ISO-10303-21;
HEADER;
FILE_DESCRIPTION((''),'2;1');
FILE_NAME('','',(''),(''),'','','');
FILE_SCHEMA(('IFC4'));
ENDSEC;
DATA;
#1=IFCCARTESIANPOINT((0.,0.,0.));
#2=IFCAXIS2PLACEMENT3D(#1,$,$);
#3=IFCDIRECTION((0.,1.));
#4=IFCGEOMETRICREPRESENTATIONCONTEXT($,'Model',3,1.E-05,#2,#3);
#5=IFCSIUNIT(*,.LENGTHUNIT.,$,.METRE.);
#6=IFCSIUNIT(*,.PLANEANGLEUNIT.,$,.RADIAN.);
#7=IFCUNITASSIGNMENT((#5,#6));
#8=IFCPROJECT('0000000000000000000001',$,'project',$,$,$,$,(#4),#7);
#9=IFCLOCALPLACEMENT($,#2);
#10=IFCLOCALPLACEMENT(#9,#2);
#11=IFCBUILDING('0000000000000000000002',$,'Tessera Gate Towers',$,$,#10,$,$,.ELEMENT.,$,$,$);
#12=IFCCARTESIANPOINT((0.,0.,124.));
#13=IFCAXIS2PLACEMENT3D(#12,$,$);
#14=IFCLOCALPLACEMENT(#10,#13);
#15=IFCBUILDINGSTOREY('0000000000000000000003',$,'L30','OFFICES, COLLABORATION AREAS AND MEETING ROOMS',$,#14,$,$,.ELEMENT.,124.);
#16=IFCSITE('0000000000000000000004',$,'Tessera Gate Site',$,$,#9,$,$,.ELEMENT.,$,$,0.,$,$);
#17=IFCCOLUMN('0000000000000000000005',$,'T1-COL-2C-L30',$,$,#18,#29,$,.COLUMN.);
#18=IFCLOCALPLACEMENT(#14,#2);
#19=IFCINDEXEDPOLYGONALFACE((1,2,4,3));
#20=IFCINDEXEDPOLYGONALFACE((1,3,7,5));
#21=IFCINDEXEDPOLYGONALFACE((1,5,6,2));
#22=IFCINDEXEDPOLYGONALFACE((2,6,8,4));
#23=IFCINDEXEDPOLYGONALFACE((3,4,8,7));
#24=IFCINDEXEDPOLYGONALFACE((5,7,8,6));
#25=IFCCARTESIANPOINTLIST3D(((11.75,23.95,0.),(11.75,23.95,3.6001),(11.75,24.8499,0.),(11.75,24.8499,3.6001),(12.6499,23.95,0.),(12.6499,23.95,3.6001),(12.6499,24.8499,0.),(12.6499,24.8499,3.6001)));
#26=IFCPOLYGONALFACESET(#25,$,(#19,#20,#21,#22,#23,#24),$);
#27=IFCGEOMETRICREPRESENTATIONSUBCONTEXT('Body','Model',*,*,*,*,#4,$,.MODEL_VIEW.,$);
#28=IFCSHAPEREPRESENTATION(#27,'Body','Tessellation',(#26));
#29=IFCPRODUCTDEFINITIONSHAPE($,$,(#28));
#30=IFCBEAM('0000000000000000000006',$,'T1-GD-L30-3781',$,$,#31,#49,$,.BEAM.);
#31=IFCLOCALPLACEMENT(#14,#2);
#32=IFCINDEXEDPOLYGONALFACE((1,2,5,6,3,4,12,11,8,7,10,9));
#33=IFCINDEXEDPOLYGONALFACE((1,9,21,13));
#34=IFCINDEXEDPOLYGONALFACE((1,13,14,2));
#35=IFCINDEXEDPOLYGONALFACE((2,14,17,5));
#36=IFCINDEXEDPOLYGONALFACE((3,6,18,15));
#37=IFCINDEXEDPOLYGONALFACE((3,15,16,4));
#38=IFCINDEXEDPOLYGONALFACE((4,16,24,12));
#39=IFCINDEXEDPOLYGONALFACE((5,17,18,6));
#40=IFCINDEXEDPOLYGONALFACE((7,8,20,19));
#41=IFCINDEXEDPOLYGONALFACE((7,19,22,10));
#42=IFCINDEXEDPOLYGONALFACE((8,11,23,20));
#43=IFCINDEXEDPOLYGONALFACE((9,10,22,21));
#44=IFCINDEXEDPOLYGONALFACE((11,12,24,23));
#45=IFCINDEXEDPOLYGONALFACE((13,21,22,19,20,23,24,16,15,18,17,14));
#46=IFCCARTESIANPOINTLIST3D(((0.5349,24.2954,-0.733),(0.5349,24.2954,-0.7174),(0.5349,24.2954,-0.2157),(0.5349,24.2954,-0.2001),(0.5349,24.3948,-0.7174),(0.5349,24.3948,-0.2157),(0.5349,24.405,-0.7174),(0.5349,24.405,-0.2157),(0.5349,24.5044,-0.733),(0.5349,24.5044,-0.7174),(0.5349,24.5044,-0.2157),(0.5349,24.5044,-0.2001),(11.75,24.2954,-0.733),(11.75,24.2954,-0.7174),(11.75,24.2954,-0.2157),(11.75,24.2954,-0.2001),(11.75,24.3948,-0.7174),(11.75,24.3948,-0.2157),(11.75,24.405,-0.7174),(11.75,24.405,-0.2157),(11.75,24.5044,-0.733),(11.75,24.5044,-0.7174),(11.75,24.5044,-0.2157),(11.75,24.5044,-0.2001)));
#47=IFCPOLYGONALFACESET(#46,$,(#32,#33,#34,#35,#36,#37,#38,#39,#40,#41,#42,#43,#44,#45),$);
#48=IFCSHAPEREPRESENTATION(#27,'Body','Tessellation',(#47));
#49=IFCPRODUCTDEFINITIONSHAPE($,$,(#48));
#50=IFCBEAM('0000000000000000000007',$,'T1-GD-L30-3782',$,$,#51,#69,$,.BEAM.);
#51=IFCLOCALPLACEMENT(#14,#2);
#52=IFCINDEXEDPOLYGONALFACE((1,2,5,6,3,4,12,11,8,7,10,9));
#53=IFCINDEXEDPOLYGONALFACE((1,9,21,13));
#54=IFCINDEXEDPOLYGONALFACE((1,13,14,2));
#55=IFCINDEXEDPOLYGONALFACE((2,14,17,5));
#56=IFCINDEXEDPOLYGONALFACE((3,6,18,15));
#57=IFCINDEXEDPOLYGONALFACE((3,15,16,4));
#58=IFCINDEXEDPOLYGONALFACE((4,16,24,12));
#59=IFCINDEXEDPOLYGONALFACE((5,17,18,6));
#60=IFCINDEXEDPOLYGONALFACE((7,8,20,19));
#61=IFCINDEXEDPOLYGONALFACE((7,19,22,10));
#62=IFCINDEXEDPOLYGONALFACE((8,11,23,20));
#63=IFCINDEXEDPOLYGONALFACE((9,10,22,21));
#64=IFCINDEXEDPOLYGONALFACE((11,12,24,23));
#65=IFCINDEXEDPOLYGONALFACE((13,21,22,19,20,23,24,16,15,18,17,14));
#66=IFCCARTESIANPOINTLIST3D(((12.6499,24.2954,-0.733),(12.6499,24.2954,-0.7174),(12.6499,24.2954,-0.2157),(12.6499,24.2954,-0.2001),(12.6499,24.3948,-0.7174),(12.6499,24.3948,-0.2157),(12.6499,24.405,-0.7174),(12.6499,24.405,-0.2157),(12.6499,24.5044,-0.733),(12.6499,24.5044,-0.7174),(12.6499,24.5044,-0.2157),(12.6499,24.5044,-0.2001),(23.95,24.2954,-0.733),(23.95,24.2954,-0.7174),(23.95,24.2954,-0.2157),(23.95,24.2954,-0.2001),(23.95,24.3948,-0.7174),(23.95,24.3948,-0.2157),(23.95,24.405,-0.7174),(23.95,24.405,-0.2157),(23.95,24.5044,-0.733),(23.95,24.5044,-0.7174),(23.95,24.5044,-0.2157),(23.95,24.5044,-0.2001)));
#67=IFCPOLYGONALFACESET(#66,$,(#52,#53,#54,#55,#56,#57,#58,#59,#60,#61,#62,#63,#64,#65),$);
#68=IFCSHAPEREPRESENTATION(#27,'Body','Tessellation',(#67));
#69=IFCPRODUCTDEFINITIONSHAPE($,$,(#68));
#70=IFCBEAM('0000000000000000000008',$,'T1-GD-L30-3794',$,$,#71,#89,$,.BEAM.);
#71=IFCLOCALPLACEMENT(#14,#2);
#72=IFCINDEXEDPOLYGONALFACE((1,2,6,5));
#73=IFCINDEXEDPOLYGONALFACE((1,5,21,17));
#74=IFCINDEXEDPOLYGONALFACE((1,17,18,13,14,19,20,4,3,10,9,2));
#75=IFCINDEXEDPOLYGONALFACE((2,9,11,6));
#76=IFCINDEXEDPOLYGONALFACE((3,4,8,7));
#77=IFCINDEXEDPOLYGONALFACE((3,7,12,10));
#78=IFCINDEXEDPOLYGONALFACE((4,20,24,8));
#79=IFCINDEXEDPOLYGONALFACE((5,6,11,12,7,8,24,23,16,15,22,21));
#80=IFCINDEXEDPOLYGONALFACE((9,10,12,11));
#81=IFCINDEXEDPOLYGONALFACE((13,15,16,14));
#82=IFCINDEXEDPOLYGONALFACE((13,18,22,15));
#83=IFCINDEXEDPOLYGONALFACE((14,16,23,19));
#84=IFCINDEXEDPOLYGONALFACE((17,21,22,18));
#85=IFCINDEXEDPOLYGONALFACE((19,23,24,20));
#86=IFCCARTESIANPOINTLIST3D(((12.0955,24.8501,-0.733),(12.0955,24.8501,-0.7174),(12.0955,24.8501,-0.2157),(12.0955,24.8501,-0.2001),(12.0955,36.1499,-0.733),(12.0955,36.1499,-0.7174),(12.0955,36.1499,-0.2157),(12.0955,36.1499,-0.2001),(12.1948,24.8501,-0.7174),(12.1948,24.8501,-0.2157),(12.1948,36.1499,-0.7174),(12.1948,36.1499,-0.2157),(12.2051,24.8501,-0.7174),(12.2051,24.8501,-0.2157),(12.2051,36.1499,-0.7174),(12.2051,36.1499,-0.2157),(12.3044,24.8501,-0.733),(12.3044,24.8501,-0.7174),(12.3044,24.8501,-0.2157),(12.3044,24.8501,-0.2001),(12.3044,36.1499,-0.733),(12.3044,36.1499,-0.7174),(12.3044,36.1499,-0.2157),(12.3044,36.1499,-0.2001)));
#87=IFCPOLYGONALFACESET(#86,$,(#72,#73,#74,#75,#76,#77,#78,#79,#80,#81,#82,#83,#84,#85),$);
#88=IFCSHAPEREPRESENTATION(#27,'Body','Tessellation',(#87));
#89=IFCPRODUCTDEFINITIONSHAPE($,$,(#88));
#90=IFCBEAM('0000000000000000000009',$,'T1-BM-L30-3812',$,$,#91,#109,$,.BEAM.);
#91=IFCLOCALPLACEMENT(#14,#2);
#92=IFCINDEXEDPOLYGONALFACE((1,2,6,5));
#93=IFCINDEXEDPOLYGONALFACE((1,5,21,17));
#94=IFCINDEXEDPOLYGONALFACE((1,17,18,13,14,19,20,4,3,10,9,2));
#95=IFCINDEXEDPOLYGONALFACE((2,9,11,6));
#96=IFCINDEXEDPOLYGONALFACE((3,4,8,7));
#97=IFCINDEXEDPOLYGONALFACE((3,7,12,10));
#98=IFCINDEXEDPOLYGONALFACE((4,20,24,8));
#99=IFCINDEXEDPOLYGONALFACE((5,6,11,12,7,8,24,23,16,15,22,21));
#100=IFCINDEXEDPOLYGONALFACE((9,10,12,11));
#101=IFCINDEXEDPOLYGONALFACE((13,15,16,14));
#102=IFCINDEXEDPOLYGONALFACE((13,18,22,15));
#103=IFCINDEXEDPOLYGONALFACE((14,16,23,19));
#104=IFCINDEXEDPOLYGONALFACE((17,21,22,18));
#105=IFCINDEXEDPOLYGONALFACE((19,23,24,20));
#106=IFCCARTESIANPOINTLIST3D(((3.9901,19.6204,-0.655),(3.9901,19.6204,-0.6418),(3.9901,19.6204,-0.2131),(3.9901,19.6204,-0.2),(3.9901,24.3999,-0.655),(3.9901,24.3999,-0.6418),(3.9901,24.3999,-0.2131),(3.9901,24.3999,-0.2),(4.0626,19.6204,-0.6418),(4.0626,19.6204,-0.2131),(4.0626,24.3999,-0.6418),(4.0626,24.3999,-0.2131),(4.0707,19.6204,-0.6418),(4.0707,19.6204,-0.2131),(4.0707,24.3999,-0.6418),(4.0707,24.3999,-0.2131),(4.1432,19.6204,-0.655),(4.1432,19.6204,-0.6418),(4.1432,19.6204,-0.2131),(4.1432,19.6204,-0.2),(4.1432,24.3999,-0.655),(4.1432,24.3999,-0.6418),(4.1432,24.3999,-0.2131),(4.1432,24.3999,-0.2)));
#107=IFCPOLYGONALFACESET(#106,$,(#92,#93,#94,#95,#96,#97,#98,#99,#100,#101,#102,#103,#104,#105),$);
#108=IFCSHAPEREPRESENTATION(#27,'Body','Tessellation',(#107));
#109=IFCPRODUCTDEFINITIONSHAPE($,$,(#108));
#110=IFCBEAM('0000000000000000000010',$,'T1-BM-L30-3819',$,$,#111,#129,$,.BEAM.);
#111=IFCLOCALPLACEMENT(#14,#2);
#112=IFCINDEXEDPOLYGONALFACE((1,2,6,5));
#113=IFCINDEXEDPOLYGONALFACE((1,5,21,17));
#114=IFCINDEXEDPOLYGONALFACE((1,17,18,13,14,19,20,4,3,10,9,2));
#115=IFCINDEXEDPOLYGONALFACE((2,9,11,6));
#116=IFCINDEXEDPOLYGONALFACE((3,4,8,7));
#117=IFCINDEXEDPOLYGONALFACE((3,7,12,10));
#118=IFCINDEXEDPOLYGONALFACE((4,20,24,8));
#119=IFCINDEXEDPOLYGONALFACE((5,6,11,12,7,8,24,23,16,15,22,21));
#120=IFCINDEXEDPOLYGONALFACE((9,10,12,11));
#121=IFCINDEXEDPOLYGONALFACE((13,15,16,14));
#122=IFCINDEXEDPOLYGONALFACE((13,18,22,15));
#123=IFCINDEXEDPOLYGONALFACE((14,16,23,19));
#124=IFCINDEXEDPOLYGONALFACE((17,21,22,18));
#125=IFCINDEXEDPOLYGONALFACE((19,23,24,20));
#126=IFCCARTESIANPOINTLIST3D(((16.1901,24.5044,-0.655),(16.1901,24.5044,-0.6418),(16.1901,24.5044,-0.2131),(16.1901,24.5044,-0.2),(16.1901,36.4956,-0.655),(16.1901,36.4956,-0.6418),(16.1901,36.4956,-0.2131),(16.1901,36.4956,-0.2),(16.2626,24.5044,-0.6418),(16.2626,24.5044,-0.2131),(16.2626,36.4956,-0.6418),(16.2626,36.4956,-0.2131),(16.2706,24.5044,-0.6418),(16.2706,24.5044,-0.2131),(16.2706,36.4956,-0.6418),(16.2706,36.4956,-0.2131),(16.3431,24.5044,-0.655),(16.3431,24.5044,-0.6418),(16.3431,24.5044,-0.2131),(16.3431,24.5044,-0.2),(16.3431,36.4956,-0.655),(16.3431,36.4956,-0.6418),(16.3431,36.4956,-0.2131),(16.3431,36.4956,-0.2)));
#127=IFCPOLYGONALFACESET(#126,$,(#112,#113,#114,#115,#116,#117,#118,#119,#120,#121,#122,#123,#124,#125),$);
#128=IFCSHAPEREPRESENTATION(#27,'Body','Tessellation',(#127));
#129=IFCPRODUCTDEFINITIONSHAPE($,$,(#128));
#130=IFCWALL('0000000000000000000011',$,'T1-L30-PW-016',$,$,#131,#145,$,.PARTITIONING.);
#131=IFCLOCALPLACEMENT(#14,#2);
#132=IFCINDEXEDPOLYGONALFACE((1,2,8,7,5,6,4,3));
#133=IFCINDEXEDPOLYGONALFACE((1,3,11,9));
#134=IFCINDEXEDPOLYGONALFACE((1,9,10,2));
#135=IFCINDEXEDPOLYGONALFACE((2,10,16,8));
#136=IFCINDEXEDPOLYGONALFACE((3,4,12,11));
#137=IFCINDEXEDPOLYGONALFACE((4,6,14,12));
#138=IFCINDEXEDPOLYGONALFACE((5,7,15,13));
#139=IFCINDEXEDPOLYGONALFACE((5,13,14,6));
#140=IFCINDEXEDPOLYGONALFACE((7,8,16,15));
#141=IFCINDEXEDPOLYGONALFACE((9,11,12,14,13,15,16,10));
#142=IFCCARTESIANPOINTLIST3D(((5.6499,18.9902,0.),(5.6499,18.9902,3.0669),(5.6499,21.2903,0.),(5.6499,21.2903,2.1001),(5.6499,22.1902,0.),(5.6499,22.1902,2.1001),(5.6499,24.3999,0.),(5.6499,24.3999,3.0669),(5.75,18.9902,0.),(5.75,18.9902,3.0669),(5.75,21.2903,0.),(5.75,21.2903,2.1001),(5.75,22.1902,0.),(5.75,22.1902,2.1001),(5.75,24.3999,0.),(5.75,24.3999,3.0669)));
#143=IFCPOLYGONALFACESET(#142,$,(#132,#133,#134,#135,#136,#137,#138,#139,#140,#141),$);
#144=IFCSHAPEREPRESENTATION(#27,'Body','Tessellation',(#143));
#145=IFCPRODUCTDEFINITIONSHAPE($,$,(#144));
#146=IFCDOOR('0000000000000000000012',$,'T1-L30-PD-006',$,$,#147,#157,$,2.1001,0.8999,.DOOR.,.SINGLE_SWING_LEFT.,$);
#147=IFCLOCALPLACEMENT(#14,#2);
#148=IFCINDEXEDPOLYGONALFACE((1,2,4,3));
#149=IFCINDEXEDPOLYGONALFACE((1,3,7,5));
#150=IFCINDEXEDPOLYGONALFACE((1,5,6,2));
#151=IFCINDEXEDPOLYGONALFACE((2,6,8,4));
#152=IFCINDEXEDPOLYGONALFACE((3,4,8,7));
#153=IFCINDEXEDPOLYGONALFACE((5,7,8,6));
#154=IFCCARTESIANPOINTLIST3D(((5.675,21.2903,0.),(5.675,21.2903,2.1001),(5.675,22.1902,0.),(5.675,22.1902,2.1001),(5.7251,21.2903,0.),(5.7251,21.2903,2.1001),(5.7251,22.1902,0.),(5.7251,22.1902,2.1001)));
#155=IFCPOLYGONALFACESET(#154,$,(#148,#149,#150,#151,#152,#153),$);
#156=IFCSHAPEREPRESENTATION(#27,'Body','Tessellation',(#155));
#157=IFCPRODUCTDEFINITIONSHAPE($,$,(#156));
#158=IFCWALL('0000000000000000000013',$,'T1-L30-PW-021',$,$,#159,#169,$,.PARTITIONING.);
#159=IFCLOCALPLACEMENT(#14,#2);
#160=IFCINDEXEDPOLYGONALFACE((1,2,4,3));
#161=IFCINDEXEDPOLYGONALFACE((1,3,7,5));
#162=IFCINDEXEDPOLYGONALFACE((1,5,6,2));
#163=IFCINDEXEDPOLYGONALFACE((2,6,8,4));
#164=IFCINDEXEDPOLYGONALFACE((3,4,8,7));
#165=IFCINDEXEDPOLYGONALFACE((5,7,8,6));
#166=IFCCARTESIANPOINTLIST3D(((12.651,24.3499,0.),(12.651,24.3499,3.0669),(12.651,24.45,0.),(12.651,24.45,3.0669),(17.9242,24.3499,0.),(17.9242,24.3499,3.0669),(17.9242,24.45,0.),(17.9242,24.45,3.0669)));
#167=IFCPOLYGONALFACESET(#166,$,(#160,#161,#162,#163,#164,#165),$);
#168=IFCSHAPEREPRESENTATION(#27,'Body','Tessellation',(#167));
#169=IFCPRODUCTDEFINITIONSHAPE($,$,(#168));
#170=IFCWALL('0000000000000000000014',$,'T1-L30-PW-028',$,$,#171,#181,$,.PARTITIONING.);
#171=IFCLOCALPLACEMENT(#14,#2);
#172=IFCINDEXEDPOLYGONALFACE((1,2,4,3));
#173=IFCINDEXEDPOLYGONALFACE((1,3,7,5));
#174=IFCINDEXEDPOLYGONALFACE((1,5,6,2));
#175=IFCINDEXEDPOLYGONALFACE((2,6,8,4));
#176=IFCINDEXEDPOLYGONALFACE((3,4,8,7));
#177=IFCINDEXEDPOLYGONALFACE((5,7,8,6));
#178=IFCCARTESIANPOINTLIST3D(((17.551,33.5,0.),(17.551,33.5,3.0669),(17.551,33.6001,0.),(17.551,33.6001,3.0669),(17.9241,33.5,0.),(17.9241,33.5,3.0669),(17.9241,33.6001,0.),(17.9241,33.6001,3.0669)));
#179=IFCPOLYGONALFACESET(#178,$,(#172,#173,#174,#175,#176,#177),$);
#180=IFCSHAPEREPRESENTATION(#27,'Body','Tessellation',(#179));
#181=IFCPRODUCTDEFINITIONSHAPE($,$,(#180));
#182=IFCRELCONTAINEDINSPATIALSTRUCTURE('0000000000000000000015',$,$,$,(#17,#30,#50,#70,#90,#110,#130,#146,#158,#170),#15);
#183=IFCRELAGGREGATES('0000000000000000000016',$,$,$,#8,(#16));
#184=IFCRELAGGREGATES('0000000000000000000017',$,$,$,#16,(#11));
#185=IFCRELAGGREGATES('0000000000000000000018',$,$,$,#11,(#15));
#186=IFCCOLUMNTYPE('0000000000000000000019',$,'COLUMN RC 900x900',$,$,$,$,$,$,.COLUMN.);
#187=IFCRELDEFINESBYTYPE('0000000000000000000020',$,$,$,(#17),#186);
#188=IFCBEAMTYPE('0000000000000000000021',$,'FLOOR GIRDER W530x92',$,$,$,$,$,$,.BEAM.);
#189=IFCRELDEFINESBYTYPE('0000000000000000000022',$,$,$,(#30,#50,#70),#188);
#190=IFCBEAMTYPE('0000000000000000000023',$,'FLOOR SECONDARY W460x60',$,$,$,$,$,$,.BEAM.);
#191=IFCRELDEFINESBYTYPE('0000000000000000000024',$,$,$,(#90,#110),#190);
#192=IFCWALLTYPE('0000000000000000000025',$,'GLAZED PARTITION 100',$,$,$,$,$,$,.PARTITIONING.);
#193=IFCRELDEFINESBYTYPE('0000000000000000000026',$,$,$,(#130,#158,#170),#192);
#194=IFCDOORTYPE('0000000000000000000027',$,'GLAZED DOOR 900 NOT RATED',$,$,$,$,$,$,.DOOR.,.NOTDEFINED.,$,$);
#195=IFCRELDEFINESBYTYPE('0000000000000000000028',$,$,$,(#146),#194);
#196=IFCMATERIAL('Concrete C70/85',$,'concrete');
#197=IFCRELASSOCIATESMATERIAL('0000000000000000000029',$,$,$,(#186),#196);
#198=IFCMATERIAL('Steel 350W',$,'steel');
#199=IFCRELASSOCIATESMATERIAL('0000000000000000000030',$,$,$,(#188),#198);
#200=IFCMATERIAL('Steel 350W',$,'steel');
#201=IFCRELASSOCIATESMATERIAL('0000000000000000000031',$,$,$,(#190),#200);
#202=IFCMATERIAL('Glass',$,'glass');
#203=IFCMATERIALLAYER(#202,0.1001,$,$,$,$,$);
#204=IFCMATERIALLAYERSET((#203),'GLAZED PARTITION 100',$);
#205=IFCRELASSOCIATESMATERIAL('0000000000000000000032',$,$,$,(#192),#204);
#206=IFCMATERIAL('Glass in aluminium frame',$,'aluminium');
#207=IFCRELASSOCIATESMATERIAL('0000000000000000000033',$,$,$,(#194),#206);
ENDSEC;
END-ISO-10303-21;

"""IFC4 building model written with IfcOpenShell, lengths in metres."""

from ifc_helpers import new_model, si_unit, direction, frame, frame_2d, origin, origin_2d, place, context, subcontext, project, spatial, rectangle, i_section, extrude, source, transform, mapped, material, layer, layer_set, material_profile, profile_set, type_object, element, fill, save


model = new_model("IFC4")

# Units and contexts
model_context = context("Model", 3, precision=1e-05, world=origin(), true_north=direction((0.0, 1.0)))
body_context = subcontext(model_context, "Body", "Model", "MODEL_VIEW")
ifc_project = project(units=[si_unit("LENGTHUNIT", "METRE"), si_unit("PLANEANGLEUNIT", "RADIAN")], contexts=[model_context])

# Site, building, storey
site_placement = place(None, origin())
site = spatial("IfcSite", under=ifc_project, at=site_placement, Name="Tessera Gate Site", CompositionType="ELEMENT", RefElevation=0.0)
building_placement = place(site_placement, origin())
building = spatial("IfcBuilding", under=site, at=building_placement, Name="Tessera Gate Towers", CompositionType="ELEMENT")
storey_placement = place(building_placement, frame((0.0, 0.0, 124.0)))
storey = spatial("IfcBuildingStorey", under=building, at=storey_placement, Name="L30", Description="OFFICES, COLLABORATION AREAS AND MEETING ROOMS", CompositionType="ELEMENT", Elevation=124.0)

# Column
ifc_material_1 = material(Name="Concrete C70/85", Category="concrete")
ifc_material_profile_1 = material_profile(ifc_material_1, rectangle(XDim=0.8999, YDim=0.8999, at=origin_2d()), Name="RC 900x900")
ifc_profile_set_1 = profile_set([ifc_material_profile_1], Name="Concrete C70/85")
column_type = type_object("IfcColumnType", Name="COLUMN RC 900x900", PredefinedType="COLUMN", material=ifc_profile_set_1)
column_placement = place(storey_placement, frame((12.2, 24.3999, 0.0), z_axis=(0.0, 0.0, 1.0), x_axis=(1.0, 0.0, 0.0)))
element("IfcColumn", 1, at=column_placement, inside=storey, type_object=column_type, Name="T1-COL-2C-L30", PredefinedType="COLUMN", context=body_context, shape_type="SweptSolid", body=[
    extrude(rectangle(XDim=0.8999, YDim=0.8999, at=origin_2d()), origin(), (0.0, 0.0, 1.0), 3.6001),
])

# Beams
ifc_material_2 = material(Name="Steel 350W", Category="steel")
ifc_material_profile_2 = material_profile(ifc_material_2, i_section(OverallWidth=0.209, OverallDepth=0.533, WebThickness=0.0103, FlangeThickness=0.0156, at=origin_2d()), Name="W530x92")
ifc_profile_set_2 = profile_set([ifc_material_profile_2], Name="Steel 350W")
beam_type_1 = type_object("IfcBeamType", Name="FLOOR GIRDER W530x92", PredefinedType="BEAM", material=ifc_profile_set_2)
beam_1_placement = place(storey_placement, frame((0.5349, 24.3999, -0.4666), z_axis=(1.0, 0.0, 0.0), x_axis=(0.0, 1.0, 0.0)))
element("IfcBeam", 2, at=beam_1_placement, inside=storey, type_object=beam_type_1, Name="T1-GD-L30-3781", PredefinedType="BEAM", context=body_context, shape_type="SweptSolid", body=[
    extrude(i_section(OverallWidth=0.209, OverallDepth=0.533, WebThickness=0.0103, FlangeThickness=0.0156, at=origin_2d()), origin(), (0.0, 0.0, 1.0), 11.2151),
])
beam_2_placement = place(storey_placement, frame((12.6499, 24.3999, -0.4666), z_axis=(1.0, 0.0, 0.0), x_axis=(0.0, 1.0, 0.0)))
element("IfcBeam", 3, at=beam_2_placement, inside=storey, type_object=beam_type_1, Name="T1-GD-L30-3782", PredefinedType="BEAM", context=body_context, shape_type="SweptSolid", body=[
    extrude(i_section(OverallWidth=0.209, OverallDepth=0.533, WebThickness=0.0103, FlangeThickness=0.0156, at=origin_2d()), origin(), (0.0, 0.0, 1.0), 11.3),
])
beam_3_placement = place(storey_placement, frame((12.2, 24.8501, -0.4666), z_axis=(0.0, 1.0, 0.0), x_axis=(-1.0, 0.0, 0.0)))
element("IfcBeam", 4, at=beam_3_placement, inside=storey, type_object=beam_type_1, Name="T1-GD-L30-3794", PredefinedType="BEAM", context=body_context, shape_type="SweptSolid", body=[
    extrude(i_section(OverallWidth=0.209, OverallDepth=0.533, WebThickness=0.0103, FlangeThickness=0.0156, at=origin_2d()), origin(), (0.0, 0.0, 1.0), 11.2998),
])
ifc_material_3 = material(Name="Steel 350W", Category="steel")
ifc_material_profile_3 = material_profile(ifc_material_3, i_section(OverallWidth=0.1531, OverallDepth=0.4551, WebThickness=0.0081, FlangeThickness=0.0132, at=origin_2d()), Name="W460x60")
ifc_profile_set_3 = profile_set([ifc_material_profile_3], Name="Steel 350W")
beam_type_2 = type_object("IfcBeamType", Name="FLOOR SECONDARY W460x60", PredefinedType="BEAM", material=ifc_profile_set_3)
beam_4_placement = place(storey_placement, frame((4.0667, 19.6204, -0.4275), z_axis=(0.0, 1.0, 0.0), x_axis=(-1.0, 0.0, 0.0)))
element("IfcBeam", 5, at=beam_4_placement, inside=storey, type_object=beam_type_2, Name="T1-BM-L30-3812", PredefinedType="BEAM", context=body_context, shape_type="SweptSolid", body=[
    extrude(i_section(OverallWidth=0.1531, OverallDepth=0.4551, WebThickness=0.0081, FlangeThickness=0.0132, at=origin_2d()), origin(), (0.0, 0.0, 1.0), 4.7795),
])
beam_5_placement = place(storey_placement, frame((16.2666, 24.5044, -0.4275), z_axis=(0.0, 1.0, 0.0), x_axis=(-1.0, 0.0, 0.0)))
element("IfcBeam", 6, at=beam_5_placement, inside=storey, type_object=beam_type_2, Name="T1-BM-L30-3819", PredefinedType="BEAM", context=body_context, shape_type="SweptSolid", body=[
    extrude(i_section(OverallWidth=0.1531, OverallDepth=0.4551, WebThickness=0.0081, FlangeThickness=0.0132, at=origin_2d()), origin(), (0.0, 0.0, 1.0), 11.9912),
])

# Wall, opening, door
ifc_material_4 = material(Name="Glass", Category="glass")
ifc_layer_1 = layer(ifc_material_4, 0.1001)
ifc_layer_set_1 = layer_set([ifc_layer_1], Name="GLAZED PARTITION 100")
wall_type_1 = type_object("IfcWallType", Name="GLAZED PARTITION 100", PredefinedType="PARTITIONING", material=ifc_layer_set_1)
wall_1_placement = place(storey_placement, frame((5.7, 18.9902, 0.0), z_axis=(0.0, 0.0, 1.0), x_axis=(0.0, 1.0, 0.0)))
wall_1 = element("IfcWall", 7, at=wall_1_placement, inside=storey, type_object=wall_type_1, Name="T1-L30-PW-016", PredefinedType="PARTITIONING", context=body_context, shape_type="SweptSolid", body=[
    extrude(rectangle(XDim=5.4097, YDim=0.1001, at=frame_2d((2.7048, 0.0))), origin(), (0.0, 0.0, 1.0), 3.0669),
])
shared_shape_1 = source(origin(), body_context, "Body", "SweptSolid", [
    extrude(rectangle(XDim=0.8999, YDim=2.1001, at=frame_2d((0.45, 1.05))), frame((0.0, 0.0601, 0.0), z_axis=(0.0, -1.0, 0.0), x_axis=(1.0, 0.0, 0.0)), (0.0, 0.0, 1.0), 0.1201),
])
opening_1_placement = place(wall_1_placement, frame((2.3, 0.0, 0.0)))
opening_1 = element("IfcOpeningElement", 8, at=opening_1_placement, cuts=wall_1, PredefinedType="OPENING", context=body_context, shape_type="MappedRepresentation", body=[
    mapped(shared_shape_1, transform((0.0, 0.0, 0.0), scale=1.0)),
])
ifc_material_5 = material(Name="Glass in aluminium frame", Category="aluminium")
door_type = type_object("IfcDoorType", Name="GLAZED DOOR 900 NOT RATED", OperationType="NOTDEFINED", PredefinedType="DOOR", material=ifc_material_5)
shared_shape_2 = source(origin(), body_context, "Body", "SweptSolid", [
    extrude(rectangle(XDim=0.8999, YDim=2.1001, at=frame_2d((0.45, 1.05))), frame((0.0, 0.0249, 0.0), z_axis=(0.0, -1.0, 0.0), x_axis=(1.0, 0.0, 0.0)), (0.0, 0.0, 1.0), 0.05),
])
door_1_placement = place(opening_1_placement, origin())
door_1 = element("IfcDoor", 9, at=door_1_placement, inside=storey, type_object=door_type, Name="T1-L30-PD-006", OperationType="SINGLE_SWING_LEFT", OverallHeight=2.1001, OverallWidth=0.8999, PredefinedType="DOOR", context=body_context, shape_type="MappedRepresentation", body=[
    mapped(shared_shape_2, transform((0.0, 0.0, 0.0), scale=1.0)),
])
fill(opening_1, door_1)

# Walls
wall_2_placement = place(storey_placement, frame((12.6509, 24.3999, 0.0), z_axis=(0.0, 0.0, 1.0), x_axis=(1.0, 0.0, 0.0)))
element("IfcWall", 10, at=wall_2_placement, inside=storey, type_object=wall_type_1, Name="T1-L30-PW-021", PredefinedType="PARTITIONING", context=body_context, shape_type="SweptSolid", body=[
    extrude(rectangle(XDim=5.2732, YDim=0.1001, at=frame_2d((2.6367, 0.0))), origin(), (0.0, 0.0, 1.0), 3.0669),
])
wall_3_placement = place(storey_placement, frame((17.551, 33.55, 0.0), z_axis=(0.0, 0.0, 1.0), x_axis=(1.0, 0.0, 0.0)))
element("IfcWall", 11, at=wall_3_placement, inside=storey, type_object=wall_type_1, Name="T1-L30-PW-028", PredefinedType="PARTITIONING", context=body_context, shape_type="SweptSolid", body=[
    extrude(rectangle(XDim=0.373, YDim=0.1001, at=frame_2d((0.1865, 0.0))), origin(), (0.0, 0.0, 1.0), 3.0669),
])

save(model, "model.ifc")
